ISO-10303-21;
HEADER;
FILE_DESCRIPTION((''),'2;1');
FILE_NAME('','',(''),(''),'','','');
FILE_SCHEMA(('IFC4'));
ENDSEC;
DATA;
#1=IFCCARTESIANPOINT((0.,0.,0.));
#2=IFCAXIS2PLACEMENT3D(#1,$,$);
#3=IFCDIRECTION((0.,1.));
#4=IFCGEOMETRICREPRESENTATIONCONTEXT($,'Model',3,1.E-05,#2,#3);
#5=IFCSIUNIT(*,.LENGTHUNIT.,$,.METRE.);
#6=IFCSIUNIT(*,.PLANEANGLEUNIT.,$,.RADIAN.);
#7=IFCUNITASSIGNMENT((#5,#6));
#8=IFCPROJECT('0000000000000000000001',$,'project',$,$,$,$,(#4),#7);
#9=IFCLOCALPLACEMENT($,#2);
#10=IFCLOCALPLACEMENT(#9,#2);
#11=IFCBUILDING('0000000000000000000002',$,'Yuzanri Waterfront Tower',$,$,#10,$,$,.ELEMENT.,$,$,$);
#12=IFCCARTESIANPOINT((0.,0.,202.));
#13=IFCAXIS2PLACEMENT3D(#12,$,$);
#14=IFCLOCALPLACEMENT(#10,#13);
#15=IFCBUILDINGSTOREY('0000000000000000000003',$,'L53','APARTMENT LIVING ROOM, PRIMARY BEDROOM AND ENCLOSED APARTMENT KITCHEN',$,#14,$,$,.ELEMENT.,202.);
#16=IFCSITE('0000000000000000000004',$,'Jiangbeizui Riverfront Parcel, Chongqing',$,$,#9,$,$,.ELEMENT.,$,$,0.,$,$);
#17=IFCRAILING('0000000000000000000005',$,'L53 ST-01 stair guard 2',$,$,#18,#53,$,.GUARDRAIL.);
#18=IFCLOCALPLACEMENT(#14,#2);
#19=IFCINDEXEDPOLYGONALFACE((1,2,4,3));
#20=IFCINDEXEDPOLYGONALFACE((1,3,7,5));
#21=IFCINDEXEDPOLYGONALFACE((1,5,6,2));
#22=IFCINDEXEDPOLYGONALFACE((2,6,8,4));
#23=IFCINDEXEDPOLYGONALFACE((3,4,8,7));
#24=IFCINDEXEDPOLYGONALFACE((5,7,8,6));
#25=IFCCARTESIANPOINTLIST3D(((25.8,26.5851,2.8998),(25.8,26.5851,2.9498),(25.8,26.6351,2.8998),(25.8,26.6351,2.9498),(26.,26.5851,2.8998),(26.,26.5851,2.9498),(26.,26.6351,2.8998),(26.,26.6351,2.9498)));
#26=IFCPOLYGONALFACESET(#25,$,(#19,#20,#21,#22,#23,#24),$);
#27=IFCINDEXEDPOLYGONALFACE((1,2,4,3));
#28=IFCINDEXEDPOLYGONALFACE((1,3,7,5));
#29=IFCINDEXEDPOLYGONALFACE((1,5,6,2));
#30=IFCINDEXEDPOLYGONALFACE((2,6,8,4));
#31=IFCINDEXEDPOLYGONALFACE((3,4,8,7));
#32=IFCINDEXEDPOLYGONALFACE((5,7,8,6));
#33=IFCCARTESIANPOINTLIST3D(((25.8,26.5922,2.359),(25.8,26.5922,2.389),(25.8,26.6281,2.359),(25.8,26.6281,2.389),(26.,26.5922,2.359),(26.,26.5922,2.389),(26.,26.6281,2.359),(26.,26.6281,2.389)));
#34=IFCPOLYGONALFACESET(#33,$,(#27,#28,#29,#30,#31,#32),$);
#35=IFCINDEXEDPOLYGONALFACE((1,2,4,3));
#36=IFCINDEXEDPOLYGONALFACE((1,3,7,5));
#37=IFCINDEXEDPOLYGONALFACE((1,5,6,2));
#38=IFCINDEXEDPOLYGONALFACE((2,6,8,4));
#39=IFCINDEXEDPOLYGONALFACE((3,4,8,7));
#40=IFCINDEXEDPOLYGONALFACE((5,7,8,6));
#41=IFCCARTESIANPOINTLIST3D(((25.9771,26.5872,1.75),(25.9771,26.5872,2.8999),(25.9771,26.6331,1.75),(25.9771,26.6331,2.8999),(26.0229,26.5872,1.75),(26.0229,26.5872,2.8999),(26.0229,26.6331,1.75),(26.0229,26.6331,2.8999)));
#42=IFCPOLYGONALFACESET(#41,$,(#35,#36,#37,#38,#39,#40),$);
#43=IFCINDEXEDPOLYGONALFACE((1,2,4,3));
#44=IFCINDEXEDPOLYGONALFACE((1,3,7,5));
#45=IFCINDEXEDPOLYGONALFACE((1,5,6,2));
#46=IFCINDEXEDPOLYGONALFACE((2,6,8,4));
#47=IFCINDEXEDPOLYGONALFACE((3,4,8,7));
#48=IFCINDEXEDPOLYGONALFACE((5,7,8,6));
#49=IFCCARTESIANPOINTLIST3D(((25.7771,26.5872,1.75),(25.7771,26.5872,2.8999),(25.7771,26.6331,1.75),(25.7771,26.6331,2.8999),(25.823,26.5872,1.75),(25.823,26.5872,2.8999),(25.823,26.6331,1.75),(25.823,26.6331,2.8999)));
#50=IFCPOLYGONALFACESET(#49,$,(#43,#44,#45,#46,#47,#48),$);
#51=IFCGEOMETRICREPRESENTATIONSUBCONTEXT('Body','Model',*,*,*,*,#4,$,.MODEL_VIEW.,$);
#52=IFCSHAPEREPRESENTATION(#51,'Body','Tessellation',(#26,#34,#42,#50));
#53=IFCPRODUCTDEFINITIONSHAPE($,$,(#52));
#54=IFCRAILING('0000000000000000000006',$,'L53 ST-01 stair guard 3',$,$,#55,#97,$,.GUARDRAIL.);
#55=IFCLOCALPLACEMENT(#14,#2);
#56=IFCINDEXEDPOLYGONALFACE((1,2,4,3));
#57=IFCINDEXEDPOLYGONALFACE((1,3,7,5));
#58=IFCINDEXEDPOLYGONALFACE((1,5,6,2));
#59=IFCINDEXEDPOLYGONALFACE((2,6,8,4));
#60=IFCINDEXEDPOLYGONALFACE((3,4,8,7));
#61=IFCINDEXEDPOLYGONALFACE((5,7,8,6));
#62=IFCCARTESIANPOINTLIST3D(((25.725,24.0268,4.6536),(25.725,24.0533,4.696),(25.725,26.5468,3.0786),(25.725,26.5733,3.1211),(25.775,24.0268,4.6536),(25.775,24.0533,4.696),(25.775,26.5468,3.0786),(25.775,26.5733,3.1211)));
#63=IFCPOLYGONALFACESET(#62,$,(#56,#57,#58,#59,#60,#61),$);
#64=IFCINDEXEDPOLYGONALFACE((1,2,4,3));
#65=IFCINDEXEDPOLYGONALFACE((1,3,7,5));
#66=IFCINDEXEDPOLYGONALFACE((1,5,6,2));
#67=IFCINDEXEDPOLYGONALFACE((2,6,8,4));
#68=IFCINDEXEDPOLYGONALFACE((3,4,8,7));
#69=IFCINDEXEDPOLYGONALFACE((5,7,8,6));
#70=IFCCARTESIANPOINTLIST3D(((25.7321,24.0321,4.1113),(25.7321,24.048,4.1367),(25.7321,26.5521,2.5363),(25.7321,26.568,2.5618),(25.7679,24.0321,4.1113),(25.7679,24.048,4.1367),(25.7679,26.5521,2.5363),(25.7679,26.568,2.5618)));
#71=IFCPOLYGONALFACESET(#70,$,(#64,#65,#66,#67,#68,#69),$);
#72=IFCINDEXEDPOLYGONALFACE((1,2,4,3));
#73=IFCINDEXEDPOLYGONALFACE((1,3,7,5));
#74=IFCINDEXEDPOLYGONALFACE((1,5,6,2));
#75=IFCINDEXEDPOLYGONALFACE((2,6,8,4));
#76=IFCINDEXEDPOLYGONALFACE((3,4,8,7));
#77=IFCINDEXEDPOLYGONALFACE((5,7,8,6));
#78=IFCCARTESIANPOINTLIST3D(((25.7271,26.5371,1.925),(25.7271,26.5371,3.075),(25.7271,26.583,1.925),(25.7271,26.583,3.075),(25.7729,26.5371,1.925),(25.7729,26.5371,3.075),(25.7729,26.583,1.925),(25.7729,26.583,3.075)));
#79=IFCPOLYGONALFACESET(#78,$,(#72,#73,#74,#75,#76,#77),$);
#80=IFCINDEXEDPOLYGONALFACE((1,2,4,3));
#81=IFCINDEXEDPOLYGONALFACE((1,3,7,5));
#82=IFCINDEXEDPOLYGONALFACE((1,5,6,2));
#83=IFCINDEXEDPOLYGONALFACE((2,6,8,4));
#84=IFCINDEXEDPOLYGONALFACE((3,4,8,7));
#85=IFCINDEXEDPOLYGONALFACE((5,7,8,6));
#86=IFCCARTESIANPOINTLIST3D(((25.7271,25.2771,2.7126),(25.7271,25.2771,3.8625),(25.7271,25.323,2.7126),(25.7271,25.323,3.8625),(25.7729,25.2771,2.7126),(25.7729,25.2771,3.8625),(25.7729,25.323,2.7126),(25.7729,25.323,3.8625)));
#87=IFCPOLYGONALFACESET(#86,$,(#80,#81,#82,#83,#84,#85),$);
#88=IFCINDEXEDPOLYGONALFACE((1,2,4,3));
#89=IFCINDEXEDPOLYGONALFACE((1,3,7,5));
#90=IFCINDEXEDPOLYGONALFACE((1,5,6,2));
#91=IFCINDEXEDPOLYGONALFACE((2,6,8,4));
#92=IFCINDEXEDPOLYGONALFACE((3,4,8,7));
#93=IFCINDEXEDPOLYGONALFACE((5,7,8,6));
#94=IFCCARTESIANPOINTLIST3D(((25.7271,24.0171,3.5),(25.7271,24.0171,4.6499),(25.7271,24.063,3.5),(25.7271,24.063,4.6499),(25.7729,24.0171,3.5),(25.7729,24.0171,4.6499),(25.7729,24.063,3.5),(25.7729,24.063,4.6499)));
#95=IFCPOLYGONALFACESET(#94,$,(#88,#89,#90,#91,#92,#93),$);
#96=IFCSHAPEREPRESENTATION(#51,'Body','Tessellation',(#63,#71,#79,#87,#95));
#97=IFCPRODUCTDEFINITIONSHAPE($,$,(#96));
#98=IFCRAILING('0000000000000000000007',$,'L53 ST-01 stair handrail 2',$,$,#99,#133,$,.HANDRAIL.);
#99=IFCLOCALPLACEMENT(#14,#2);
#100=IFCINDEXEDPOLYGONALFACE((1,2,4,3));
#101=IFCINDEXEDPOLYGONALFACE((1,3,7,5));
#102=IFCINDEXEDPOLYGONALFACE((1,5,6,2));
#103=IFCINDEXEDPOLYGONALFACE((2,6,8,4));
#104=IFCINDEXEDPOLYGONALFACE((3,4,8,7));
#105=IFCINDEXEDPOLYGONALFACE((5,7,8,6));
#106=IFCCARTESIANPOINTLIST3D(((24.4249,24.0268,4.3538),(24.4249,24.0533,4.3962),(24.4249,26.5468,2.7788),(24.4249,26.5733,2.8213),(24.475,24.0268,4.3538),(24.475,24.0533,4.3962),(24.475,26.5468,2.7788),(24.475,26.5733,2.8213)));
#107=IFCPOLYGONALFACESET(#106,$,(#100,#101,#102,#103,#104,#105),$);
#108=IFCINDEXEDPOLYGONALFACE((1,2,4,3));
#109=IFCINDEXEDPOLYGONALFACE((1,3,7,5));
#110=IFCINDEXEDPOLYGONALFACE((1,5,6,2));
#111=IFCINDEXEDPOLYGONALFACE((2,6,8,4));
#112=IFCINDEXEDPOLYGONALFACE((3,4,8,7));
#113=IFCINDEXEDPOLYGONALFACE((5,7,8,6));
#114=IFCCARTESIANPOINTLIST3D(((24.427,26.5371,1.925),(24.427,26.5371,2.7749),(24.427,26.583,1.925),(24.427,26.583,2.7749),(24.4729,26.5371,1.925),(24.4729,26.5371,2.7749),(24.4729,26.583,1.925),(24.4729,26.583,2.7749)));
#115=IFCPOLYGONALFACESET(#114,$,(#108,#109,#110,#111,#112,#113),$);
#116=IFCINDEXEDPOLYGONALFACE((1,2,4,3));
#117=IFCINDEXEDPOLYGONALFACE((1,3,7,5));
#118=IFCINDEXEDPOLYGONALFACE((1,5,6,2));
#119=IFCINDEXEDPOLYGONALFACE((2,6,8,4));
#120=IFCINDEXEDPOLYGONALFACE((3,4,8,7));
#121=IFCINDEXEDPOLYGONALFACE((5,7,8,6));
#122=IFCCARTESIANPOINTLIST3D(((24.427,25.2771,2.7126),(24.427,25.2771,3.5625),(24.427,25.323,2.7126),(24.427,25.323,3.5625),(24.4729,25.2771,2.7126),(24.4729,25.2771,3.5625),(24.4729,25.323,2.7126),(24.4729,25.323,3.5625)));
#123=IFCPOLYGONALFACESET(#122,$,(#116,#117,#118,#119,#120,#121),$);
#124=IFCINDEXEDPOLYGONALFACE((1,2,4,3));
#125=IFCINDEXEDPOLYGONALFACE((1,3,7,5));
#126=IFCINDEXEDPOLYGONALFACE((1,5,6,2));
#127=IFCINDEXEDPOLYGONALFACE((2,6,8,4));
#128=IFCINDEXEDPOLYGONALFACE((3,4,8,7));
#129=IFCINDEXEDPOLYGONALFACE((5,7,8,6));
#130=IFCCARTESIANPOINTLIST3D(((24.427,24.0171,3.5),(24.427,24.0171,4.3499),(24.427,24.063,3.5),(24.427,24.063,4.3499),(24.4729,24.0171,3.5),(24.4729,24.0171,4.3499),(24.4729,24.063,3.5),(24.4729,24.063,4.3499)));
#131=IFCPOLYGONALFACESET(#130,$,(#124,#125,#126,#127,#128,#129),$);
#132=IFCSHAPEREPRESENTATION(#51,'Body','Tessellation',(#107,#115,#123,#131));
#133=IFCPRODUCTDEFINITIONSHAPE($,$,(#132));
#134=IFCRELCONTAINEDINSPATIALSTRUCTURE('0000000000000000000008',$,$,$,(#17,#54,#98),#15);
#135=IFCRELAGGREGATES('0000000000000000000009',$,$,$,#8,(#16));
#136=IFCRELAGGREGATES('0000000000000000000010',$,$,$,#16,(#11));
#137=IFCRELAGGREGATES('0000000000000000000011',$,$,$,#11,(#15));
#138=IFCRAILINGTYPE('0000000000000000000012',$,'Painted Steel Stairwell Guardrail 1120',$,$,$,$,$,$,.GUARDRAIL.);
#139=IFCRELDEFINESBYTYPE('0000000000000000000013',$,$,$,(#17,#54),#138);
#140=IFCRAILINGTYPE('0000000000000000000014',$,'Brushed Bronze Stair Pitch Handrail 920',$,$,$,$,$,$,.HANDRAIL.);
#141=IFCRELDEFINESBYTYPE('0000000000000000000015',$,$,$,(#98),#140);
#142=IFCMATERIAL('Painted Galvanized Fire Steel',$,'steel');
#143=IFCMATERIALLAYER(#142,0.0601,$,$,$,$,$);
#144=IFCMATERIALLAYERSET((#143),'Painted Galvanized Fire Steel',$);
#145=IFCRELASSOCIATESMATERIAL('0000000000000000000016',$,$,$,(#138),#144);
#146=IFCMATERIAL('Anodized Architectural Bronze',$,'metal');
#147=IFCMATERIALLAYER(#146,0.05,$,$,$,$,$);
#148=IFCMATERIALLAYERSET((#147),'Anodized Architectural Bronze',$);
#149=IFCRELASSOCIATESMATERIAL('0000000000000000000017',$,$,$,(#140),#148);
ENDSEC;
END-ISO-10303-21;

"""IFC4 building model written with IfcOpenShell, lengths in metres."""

from ifc_helpers import new_model, si_unit, direction, frame, origin, origin_2d, place, context, subcontext, project, spatial, rectangle, extrude, source, transform, mapped, material, layer, layer_set, type_object, element, save


model = new_model("IFC4")

# Units and contexts
model_context = context("Model", 3, precision=1e-05, world=origin(), true_north=direction((0.0, 1.0)))
body_context = subcontext(model_context, "Body", "Model", "MODEL_VIEW")
ifc_project = project(units=[si_unit("LENGTHUNIT", "METRE"), si_unit("PLANEANGLEUNIT", "RADIAN")], contexts=[model_context])

# Site, building, storey
site_placement = place(None, origin())
site = spatial("IfcSite", under=ifc_project, at=site_placement, Name="Jiangbeizui Riverfront Parcel, Chongqing", CompositionType="ELEMENT", RefElevation=0.0)
building_placement = place(site_placement, origin())
building = spatial("IfcBuilding", under=site, at=building_placement, Name="Yuzanri Waterfront Tower", CompositionType="ELEMENT")
storey_placement = place(building_placement, frame((0.0, 0.0, 202.0)))
storey = spatial("IfcBuildingStorey", under=building, at=storey_placement, Name="L53", Description="APARTMENT LIVING ROOM, PRIMARY BEDROOM AND ENCLOSED APARTMENT KITCHEN", CompositionType="ELEMENT", Elevation=202.0)

# Railings
ifc_material_1 = material(Name="Painted Galvanized Fire Steel", Category="steel")
ifc_layer_1 = layer(ifc_material_1, 0.0601)
ifc_layer_set_1 = layer_set([ifc_layer_1], Name="Painted Galvanized Fire Steel")
railing_type_1 = type_object("IfcRailingType", Name="Painted Steel Stairwell Guardrail 1120", PredefinedType="GUARDRAIL", material=ifc_layer_set_1)
shared_shape_1 = source(origin(), body_context, "Body", "SweptSolid", [
    extrude(rectangle(XDim=0.05, YDim=0.05, at=origin_2d()), frame((0.0, 0.0, 1.1748), z_axis=(-1.0, 0.0, 0.0), x_axis=(0.0, -1.0, 0.0)), (0.0, 0.0, 1.0), 0.2),
    extrude(rectangle(XDim=0.0359, YDim=0.03, at=origin_2d()), frame((0.0, 0.0, 0.624), z_axis=(-1.0, 0.0, 0.0), x_axis=(0.0, -1.0, 0.0)), (0.0, 0.0, 1.0), 0.2),
    extrude(rectangle(XDim=0.0459, YDim=0.0459, at=origin_2d()), origin(), (0.0, 0.0, 1.0), 1.1499),
    extrude(rectangle(XDim=0.0459, YDim=0.0459, at=origin_2d()), frame((-0.2, 0.0, 0.0)), (0.0, 0.0, 1.0), 1.1499),
])
railing_1_placement = place(storey_placement, frame((26.0, 26.6101, 1.75)))
element("IfcRailing", 1, at=railing_1_placement, inside=storey, type_object=railing_type_1, Name="L53 ST-01 stair guard 2", PredefinedType="GUARDRAIL", context=body_context, shape_type="MappedRepresentation", body=[
    mapped(shared_shape_1, transform((0.0, 0.0, 0.0), scale=1.0)),
])
shared_shape_2 = source(origin(), body_context, "Body", "SweptSolid", [
    extrude(rectangle(XDim=0.05, YDim=0.05, at=origin_2d()), frame((0.0, 0.0, 1.1748), z_axis=(0.0, -0.848008, 0.529984), x_axis=(1.0, 0.0, 0.0)), (0.0, 0.0, 1.0), 2.9717),
    extrude(rectangle(XDim=0.0359, YDim=0.03, at=origin_2d()), frame((0.0, 0.0, 0.624), z_axis=(0.0, -0.848008, 0.529984), x_axis=(1.0, 0.0, 0.0)), (0.0, 0.0, 1.0), 2.9717),
    extrude(rectangle(XDim=0.0459, YDim=0.0459, at=origin_2d()), origin(), (0.0, 0.0, 1.0), 1.1499),
    extrude(rectangle(XDim=0.0459, YDim=0.0459, at=origin_2d()), frame((0.0, -1.26, 0.7876)), (0.0, 0.0, 1.0), 1.1499),
    extrude(rectangle(XDim=0.0459, YDim=0.0459, at=origin_2d()), frame((0.0, -2.52, 1.575)), (0.0, 0.0, 1.0), 1.1499),
])
railing_2_placement = place(storey_placement, frame((25.75, 26.5601, 1.925)))
element("IfcRailing", 2, at=railing_2_placement, inside=storey, type_object=railing_type_1, Name="L53 ST-01 stair guard 3", PredefinedType="GUARDRAIL", context=body_context, shape_type="MappedRepresentation", body=[
    mapped(shared_shape_2, transform((0.0, 0.0, 0.0), scale=1.0)),
])
ifc_material_2 = material(Name="Anodized Architectural Bronze", Category="metal")
ifc_layer_2 = layer(ifc_material_2, 0.05)
ifc_layer_set_2 = layer_set([ifc_layer_2], Name="Anodized Architectural Bronze")
railing_type_2 = type_object("IfcRailingType", Name="Brushed Bronze Stair Pitch Handrail 920", PredefinedType="HANDRAIL", material=ifc_layer_set_2)
shared_shape_3 = source(origin(), body_context, "Body", "SweptSolid", [
    extrude(rectangle(XDim=0.05, YDim=0.05, at=origin_2d()), frame((0.0, 0.0, 0.875), z_axis=(0.0, -0.848008, 0.529984), x_axis=(1.0, 0.0, 0.0)), (0.0, 0.0, 1.0), 2.9717),
    extrude(rectangle(XDim=0.0459, YDim=0.0459, at=origin_2d()), origin(), (0.0, 0.0, 1.0), 0.8499),
    extrude(rectangle(XDim=0.0459, YDim=0.0459, at=origin_2d()), frame((0.0, -1.26, 0.7876)), (0.0, 0.0, 1.0), 0.8499),
    extrude(rectangle(XDim=0.0459, YDim=0.0459, at=origin_2d()), frame((0.0, -2.52, 1.575)), (0.0, 0.0, 1.0), 0.8499),
])
railing_3_placement = place(storey_placement, frame((24.45, 26.5601, 1.925)))
element("IfcRailing", 3, at=railing_3_placement, inside=storey, type_object=railing_type_2, Name="L53 ST-01 stair handrail 2", PredefinedType="HANDRAIL", context=body_context, shape_type="MappedRepresentation", body=[
    mapped(shared_shape_3, transform((0.0, 0.0, 0.0), scale=1.0)),
])

save(model, "model.ifc")
